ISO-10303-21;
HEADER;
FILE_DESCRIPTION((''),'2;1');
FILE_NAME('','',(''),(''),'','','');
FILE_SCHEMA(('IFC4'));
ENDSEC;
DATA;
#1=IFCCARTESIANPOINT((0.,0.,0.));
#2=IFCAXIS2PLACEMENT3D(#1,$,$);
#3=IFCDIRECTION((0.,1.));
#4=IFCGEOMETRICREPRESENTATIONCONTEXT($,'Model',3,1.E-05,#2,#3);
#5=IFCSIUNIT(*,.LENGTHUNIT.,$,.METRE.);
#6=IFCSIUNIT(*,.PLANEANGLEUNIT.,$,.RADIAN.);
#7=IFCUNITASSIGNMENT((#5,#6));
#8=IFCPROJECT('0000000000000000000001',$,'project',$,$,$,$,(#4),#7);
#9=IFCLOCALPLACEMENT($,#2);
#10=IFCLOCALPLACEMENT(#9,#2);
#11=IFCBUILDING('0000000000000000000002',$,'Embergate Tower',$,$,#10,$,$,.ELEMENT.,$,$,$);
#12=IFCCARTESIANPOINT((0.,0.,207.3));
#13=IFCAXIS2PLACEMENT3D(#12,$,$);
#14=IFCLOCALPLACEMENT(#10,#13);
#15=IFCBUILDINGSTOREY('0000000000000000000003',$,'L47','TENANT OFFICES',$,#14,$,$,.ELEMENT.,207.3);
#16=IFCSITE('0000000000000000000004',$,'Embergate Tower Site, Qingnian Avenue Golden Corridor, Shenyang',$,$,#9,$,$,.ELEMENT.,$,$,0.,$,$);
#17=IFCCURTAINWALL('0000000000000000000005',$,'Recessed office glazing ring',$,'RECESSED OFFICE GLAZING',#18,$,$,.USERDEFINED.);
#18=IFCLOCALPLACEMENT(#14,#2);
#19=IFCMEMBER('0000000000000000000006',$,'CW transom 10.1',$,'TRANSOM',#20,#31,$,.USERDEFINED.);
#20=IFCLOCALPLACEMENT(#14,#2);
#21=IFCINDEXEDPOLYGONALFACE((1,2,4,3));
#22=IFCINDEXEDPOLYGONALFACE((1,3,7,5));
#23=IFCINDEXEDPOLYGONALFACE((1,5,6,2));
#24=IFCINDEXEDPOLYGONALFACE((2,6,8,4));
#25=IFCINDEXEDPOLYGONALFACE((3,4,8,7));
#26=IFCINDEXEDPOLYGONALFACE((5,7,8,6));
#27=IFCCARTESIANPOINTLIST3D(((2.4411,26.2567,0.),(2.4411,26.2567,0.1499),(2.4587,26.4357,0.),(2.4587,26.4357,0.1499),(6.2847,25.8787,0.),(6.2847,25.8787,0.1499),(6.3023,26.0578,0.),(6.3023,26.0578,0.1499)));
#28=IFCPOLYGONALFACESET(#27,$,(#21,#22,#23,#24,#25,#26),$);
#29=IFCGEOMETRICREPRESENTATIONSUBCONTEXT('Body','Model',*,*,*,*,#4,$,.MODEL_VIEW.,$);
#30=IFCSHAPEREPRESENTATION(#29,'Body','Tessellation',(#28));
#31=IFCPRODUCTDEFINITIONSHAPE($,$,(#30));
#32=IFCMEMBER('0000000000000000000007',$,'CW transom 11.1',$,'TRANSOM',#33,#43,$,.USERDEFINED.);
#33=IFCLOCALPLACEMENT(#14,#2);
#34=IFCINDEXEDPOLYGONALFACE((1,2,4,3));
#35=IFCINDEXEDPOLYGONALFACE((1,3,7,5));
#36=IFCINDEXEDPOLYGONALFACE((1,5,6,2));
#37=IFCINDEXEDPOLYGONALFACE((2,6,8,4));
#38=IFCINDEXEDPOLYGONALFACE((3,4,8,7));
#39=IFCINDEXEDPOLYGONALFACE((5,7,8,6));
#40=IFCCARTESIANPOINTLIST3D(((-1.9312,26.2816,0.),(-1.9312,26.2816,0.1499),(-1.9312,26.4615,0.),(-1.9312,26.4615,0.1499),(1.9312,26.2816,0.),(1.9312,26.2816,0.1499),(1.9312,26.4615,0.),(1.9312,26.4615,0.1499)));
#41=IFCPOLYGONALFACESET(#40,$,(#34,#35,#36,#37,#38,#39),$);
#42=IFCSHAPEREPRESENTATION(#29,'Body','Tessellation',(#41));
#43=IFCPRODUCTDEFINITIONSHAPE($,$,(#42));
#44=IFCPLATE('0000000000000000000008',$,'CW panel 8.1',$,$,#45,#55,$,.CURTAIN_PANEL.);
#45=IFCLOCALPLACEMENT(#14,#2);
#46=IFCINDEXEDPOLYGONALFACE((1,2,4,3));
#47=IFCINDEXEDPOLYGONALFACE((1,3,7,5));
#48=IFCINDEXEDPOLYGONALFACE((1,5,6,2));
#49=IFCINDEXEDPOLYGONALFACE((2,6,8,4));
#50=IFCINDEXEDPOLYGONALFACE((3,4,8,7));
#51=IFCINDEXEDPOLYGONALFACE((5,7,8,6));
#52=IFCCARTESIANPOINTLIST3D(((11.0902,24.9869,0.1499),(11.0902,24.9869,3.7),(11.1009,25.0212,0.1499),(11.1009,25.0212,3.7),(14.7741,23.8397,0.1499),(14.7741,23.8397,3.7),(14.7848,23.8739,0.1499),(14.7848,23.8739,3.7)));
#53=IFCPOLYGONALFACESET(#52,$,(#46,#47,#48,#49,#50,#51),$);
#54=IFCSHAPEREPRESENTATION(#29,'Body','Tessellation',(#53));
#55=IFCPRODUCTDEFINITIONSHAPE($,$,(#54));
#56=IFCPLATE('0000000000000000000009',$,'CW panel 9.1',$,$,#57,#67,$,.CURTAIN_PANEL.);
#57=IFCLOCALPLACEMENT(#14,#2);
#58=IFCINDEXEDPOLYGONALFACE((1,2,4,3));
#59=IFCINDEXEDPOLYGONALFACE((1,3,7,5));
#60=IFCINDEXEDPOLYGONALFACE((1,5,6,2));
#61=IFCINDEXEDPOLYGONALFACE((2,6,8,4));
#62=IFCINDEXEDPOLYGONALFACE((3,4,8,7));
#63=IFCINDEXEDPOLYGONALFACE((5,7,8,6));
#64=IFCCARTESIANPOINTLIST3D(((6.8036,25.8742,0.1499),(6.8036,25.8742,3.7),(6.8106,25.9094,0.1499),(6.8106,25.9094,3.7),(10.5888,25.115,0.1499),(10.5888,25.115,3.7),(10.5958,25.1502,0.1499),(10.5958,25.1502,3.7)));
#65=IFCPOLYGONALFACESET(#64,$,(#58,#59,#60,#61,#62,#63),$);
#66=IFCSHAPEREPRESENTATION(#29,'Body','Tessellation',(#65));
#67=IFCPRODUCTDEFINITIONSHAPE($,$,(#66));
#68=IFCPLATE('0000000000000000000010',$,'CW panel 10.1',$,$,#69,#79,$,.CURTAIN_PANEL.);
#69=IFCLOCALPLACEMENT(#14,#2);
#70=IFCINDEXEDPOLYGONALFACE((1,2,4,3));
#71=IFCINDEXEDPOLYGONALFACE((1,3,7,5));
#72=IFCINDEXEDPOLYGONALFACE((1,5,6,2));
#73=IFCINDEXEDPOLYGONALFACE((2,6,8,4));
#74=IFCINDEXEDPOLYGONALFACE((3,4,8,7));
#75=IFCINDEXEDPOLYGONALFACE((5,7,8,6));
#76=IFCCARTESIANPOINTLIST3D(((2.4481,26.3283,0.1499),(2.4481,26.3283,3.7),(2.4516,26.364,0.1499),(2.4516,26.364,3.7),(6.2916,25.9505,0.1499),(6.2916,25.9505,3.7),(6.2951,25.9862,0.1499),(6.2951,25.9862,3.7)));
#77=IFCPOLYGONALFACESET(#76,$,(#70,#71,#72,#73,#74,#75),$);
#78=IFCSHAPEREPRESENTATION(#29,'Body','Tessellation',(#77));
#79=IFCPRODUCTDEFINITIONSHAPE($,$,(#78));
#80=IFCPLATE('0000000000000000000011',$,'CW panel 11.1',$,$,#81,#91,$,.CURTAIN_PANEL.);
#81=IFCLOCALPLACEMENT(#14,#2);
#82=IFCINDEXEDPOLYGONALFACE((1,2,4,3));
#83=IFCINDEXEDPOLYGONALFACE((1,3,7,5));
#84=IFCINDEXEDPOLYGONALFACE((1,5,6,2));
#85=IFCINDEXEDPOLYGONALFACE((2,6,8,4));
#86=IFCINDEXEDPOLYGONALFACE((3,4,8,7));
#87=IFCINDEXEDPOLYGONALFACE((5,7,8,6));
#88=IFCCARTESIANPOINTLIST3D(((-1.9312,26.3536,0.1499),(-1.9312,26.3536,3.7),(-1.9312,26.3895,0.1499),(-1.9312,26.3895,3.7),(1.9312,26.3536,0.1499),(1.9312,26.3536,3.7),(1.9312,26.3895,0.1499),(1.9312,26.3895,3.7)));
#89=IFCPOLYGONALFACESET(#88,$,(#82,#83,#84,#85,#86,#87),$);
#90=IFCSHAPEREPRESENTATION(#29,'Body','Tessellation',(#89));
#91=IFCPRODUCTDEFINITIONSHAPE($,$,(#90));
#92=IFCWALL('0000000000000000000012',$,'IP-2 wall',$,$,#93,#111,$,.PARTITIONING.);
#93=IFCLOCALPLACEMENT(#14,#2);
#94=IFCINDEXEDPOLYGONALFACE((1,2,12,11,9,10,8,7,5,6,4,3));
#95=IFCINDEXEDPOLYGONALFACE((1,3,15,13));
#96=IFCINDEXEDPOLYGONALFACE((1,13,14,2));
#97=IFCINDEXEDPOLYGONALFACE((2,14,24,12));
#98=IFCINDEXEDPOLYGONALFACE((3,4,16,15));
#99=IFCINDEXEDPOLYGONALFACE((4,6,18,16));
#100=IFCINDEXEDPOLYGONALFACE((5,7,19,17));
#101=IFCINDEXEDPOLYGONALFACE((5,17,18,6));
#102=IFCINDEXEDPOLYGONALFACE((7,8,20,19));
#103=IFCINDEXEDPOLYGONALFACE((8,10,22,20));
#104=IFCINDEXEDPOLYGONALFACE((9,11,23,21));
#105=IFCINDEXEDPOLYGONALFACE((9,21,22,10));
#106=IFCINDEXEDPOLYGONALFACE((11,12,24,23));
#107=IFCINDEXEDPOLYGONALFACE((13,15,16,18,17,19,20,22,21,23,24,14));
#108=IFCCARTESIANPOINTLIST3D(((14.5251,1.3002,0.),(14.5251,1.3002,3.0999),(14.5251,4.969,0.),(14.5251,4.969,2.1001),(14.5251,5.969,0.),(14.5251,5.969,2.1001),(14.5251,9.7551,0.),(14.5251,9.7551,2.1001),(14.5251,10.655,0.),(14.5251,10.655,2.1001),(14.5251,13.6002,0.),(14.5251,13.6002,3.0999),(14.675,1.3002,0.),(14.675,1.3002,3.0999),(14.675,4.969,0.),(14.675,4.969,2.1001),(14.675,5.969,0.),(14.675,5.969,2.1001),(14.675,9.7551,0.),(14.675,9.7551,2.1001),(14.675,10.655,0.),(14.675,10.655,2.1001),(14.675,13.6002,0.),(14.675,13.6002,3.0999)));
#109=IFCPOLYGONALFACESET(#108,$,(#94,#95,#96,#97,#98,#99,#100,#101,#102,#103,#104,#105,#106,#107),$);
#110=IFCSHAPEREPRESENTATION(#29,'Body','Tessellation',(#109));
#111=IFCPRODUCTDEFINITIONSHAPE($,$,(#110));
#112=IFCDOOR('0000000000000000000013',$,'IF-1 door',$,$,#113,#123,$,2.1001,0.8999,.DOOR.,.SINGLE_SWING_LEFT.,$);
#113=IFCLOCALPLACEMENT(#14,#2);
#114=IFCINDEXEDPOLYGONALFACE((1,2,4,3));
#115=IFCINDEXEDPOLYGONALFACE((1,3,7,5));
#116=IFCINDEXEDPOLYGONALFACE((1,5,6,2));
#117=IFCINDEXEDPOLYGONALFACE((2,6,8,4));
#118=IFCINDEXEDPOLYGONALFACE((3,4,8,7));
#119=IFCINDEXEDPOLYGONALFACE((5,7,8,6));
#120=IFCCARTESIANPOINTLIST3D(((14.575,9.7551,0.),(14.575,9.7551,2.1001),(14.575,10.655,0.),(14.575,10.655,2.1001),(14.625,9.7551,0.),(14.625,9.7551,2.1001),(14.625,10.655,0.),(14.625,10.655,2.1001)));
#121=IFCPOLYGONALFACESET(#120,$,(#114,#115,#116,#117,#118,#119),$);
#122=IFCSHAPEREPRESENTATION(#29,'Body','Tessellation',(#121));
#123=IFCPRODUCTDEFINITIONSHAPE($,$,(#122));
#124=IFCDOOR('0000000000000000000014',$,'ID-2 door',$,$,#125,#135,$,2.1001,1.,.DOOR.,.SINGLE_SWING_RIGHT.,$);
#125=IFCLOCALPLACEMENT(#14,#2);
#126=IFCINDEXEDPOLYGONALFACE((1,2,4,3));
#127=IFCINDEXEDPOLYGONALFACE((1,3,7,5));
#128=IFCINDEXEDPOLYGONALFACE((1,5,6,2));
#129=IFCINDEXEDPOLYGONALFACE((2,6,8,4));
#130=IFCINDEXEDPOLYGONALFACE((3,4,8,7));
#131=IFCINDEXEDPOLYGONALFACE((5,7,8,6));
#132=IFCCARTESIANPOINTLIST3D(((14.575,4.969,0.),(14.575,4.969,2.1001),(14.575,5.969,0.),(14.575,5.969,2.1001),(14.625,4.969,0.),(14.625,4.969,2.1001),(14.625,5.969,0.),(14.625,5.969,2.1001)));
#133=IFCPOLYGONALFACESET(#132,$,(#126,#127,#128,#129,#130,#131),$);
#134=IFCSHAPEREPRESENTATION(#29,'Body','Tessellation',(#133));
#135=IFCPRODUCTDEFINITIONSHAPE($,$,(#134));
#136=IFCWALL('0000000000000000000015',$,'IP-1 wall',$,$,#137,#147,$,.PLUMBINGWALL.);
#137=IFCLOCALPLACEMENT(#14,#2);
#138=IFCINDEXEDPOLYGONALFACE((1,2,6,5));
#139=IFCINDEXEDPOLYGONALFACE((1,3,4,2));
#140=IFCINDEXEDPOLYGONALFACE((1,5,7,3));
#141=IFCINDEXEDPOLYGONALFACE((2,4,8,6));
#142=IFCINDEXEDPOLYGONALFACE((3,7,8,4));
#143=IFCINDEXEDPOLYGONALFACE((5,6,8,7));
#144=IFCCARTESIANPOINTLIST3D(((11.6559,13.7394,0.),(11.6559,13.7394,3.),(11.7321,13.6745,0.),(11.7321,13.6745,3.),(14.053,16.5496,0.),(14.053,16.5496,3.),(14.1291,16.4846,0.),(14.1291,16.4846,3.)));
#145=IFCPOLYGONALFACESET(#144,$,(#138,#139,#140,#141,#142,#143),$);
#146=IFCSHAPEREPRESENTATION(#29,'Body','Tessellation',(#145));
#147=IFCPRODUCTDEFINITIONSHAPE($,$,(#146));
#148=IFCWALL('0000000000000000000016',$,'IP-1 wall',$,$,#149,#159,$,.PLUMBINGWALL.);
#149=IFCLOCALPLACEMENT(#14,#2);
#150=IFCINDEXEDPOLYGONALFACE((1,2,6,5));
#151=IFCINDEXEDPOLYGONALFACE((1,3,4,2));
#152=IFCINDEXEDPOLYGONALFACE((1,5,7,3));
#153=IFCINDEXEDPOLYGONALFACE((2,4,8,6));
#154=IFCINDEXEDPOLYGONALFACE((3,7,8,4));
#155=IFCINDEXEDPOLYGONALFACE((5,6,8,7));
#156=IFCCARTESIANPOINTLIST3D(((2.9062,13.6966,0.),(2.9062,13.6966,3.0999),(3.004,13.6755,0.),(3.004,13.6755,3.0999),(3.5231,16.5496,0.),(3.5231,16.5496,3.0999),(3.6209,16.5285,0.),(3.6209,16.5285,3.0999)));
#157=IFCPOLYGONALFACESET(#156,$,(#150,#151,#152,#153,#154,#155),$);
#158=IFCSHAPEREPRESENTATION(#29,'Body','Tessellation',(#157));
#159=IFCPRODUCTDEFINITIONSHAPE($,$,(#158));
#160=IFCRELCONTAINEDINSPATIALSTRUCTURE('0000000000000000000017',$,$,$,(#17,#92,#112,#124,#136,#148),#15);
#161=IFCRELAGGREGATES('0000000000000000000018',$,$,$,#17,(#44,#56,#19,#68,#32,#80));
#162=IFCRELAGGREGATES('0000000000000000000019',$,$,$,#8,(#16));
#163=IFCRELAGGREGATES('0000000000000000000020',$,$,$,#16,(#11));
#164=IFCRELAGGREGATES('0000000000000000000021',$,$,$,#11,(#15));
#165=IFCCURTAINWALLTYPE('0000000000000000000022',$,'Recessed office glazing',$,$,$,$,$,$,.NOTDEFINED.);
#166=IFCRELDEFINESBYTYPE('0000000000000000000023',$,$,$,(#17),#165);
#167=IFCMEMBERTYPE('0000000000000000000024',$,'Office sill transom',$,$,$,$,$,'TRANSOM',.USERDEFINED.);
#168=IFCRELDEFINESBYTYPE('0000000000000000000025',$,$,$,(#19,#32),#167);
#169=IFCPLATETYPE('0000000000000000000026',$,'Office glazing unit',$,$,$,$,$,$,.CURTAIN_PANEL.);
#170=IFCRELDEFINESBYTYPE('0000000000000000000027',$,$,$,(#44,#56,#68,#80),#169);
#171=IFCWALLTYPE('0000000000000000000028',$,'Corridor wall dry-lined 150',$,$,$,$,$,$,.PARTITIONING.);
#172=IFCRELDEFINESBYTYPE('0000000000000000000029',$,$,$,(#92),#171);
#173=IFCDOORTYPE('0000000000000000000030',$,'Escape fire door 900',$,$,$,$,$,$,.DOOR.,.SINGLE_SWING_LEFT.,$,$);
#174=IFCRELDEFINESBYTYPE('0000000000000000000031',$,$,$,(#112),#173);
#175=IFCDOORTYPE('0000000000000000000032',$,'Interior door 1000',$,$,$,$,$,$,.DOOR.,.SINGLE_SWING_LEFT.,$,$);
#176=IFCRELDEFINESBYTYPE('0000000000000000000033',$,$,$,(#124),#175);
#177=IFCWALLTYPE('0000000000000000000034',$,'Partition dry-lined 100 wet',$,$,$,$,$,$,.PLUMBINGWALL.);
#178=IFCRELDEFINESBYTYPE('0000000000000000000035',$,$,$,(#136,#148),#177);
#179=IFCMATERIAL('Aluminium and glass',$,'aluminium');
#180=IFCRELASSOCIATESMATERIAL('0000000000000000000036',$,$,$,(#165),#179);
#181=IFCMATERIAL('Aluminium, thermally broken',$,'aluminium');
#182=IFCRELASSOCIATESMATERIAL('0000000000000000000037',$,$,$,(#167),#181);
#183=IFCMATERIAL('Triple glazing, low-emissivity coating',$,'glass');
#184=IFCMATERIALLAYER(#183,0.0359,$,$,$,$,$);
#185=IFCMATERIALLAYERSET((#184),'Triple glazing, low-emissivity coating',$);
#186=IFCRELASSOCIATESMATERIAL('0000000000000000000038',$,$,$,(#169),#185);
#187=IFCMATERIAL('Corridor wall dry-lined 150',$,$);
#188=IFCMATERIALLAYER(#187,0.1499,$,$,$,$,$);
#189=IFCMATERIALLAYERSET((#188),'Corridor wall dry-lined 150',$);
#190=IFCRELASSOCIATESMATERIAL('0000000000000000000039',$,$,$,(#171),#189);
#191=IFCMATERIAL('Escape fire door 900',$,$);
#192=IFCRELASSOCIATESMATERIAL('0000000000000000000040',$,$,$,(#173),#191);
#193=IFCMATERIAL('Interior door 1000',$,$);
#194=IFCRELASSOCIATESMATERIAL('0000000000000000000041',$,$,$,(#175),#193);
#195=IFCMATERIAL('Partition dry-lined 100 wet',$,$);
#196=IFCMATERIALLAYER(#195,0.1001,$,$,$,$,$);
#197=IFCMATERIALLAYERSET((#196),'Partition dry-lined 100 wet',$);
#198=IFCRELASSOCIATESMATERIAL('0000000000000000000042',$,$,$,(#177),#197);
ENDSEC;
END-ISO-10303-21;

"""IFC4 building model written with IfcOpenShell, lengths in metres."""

from ifc_helpers import new_model, si_unit, direction, frame, frame_2d, origin, origin_2d, place, context, subcontext, project, spatial, rectangle, extrude, source, transform, mapped, material, layer, layer_set, material_profile, profile_set, type_object, element, fill, aggregate, save


model = new_model("IFC4")

# Units and contexts
model_context = context("Model", 3, precision=1e-05, world=origin(), true_north=direction((0.0, 1.0)))
body_context = subcontext(model_context, "Body", "Model", "MODEL_VIEW")
ifc_project = project(units=[si_unit("LENGTHUNIT", "METRE"), si_unit("PLANEANGLEUNIT", "RADIAN")], contexts=[model_context])

# Site, building, storey
site_placement = place(None, origin())
site = spatial("IfcSite", under=ifc_project, at=site_placement, Name="Embergate Tower Site, Qingnian Avenue Golden Corridor, Shenyang", CompositionType="ELEMENT", RefElevation=0.0)
building_placement = place(site_placement, origin())
building = spatial("IfcBuilding", under=site, at=building_placement, Name="Embergate Tower", CompositionType="ELEMENT")
storey_placement = place(building_placement, frame((0.0, 0.0, 207.3)))
storey = spatial("IfcBuildingStorey", under=building, at=storey_placement, Name="L47", Description="TENANT OFFICES", CompositionType="ELEMENT", Elevation=207.3)

# Curtain wall, members, plates
ifc_material_1 = material(Name="Aluminium and glass", Category="aluminium")
curtain_wall_type = type_object("IfcCurtainWallType", Name="Recessed office glazing", PredefinedType="NOTDEFINED", material=ifc_material_1)
curtain_wall_placement = place(storey_placement, origin())
curtain_wall = element("IfcCurtainWall", 1, at=curtain_wall_placement, inside=storey, type_object=curtain_wall_type, Name="Recessed office glazing ring", ObjectType="RECESSED OFFICE GLAZING", PredefinedType="USERDEFINED")
ifc_material_2 = material(Name="Aluminium, thermally broken", Category="aluminium")
ifc_material_profile_1 = material_profile(ifc_material_2, rectangle(XDim=0.1799, YDim=0.1499, at=origin_2d()), Name="AL 150x180")
ifc_profile_set_1 = profile_set([ifc_material_profile_1], Name="Aluminium, thermally broken")
member_type_1 = type_object("IfcMemberType", Name="Office sill transom", ElementType="TRANSOM", PredefinedType="USERDEFINED", material=ifc_profile_set_1)
shared_shape_1 = source(origin(), body_context, "Body", "SweptSolid", [
    extrude(rectangle(XDim=0.1799, YDim=0.1499, at=origin_2d()), origin(), (0.0, 0.0, 1.0), 3.8621),
])
member_1_placement = place(storey_placement, frame((6.2935, 25.9683, 0.075), z_axis=(-0.9952, 0.097857, 0.0), x_axis=(-0.097857, -0.9952, 0.0)))
member_1 = element("IfcMember", 2, at=member_1_placement, type_object=member_type_1, Name="CW transom 10.1", ObjectType="TRANSOM", PredefinedType="USERDEFINED", context=body_context, shape_type="MappedRepresentation", body=[
    mapped(shared_shape_1, transform((0.0, 0.0, 0.0))),
])
shared_shape_2 = source(origin(), body_context, "Body", "SweptSolid", [
    extrude(rectangle(XDim=0.1799, YDim=0.1499, at=origin_2d()), origin(), (0.0, 0.0, 1.0), 3.8623),
])
member_2_placement = place(storey_placement, frame((1.9312, 26.3716, 0.075), z_axis=(-1.0, 0.0, 0.0), x_axis=(0.0, -1.0, 0.0)))
member_2 = element("IfcMember", 3, at=member_2_placement, type_object=member_type_1, Name="CW transom 11.1", ObjectType="TRANSOM", PredefinedType="USERDEFINED", context=body_context, shape_type="MappedRepresentation", body=[
    mapped(shared_shape_2, transform((0.0, 0.0, 0.0))),
])
ifc_material_3 = material(Name="Triple glazing, low-emissivity coating", Category="glass")
ifc_layer_1 = layer(ifc_material_3, 0.0359)
ifc_layer_set_1 = layer_set([ifc_layer_1], Name="Triple glazing, low-emissivity coating")
plate_type = type_object("IfcPlateType", Name="Office glazing unit", PredefinedType="CURTAIN_PANEL", material=ifc_layer_set_1)
shared_shape_3 = source(origin(), body_context, "Body", "SweptSolid", [
    extrude(rectangle(XDim=3.8584, YDim=0.0359, at=origin_2d()), origin(), (0.0, 0.0, 1.0), 3.55),
])
plate_1_placement = place(storey_placement, frame((12.9375, 24.4304, 0.1499), z_axis=(0.0, 0.0, 1.0), x_axis=(-0.954771, 0.297343, 0.0)))
plate_1 = element("IfcPlate", 4, at=plate_1_placement, type_object=plate_type, Name="CW panel 8.1", PredefinedType="CURTAIN_PANEL", context=body_context, shape_type="MappedRepresentation", body=[
    mapped(shared_shape_3, transform((0.0, 0.0, 0.0))),
])
shared_shape_4 = source(origin(), body_context, "Body", "SweptSolid", [
    extrude(rectangle(XDim=3.8606, YDim=0.0359, at=origin_2d()), origin(), (0.0, 0.0, 1.0), 3.55),
])
plate_2_placement = place(storey_placement, frame((8.6997, 25.5122, 0.1499), z_axis=(0.0, 0.0, 1.0), x_axis=(-0.980475, 0.196643, 0.0)))
plate_2 = element("IfcPlate", 5, at=plate_2_placement, type_object=plate_type, Name="CW panel 9.1", PredefinedType="CURTAIN_PANEL", context=body_context, shape_type="MappedRepresentation", body=[
    mapped(shared_shape_4, transform((0.0, 0.0, 0.0))),
])
shared_shape_5 = source(origin(), body_context, "Body", "SweptSolid", [
    extrude(rectangle(XDim=3.8621, YDim=0.0359, at=origin_2d()), origin(), (0.0, 0.0, 1.0), 3.55),
])
plate_3_placement = place(storey_placement, frame((4.3716, 26.1572, 0.1499), z_axis=(0.0, 0.0, 1.0), x_axis=(-0.995203, 0.097831, 0.0)))
plate_3 = element("IfcPlate", 6, at=plate_3_placement, type_object=plate_type, Name="CW panel 10.1", PredefinedType="CURTAIN_PANEL", context=body_context, shape_type="MappedRepresentation", body=[
    mapped(shared_shape_5, transform((0.0, 0.0, 0.0))),
])
shared_shape_6 = source(origin(), body_context, "Body", "SweptSolid", [
    extrude(rectangle(XDim=3.8623, YDim=0.0359, at=origin_2d()), origin(), (0.0, 0.0, 1.0), 3.55),
])
plate_4_placement = place(storey_placement, frame((0.0, 26.3716, 0.1499), z_axis=(0.0, 0.0, 1.0), x_axis=(-1.0, 0.0, 0.0)))
plate_4 = element("IfcPlate", 7, at=plate_4_placement, type_object=plate_type, Name="CW panel 11.1", PredefinedType="CURTAIN_PANEL", context=body_context, shape_type="MappedRepresentation", body=[
    mapped(shared_shape_6, transform((0.0, 0.0, 0.0))),
])
aggregate(curtain_wall, [plate_1, plate_2, member_1, plate_3, member_2, plate_4])

# Wall, openings, doors
ifc_material_4 = material(Name="Corridor wall dry-lined 150")
ifc_layer_2 = layer(ifc_material_4, 0.1499)
ifc_layer_set_2 = layer_set([ifc_layer_2], Name="Corridor wall dry-lined 150")
wall_type_1 = type_object("IfcWallType", Name="Corridor wall dry-lined 150", PredefinedType="PARTITIONING", material=ifc_layer_set_2)
shared_shape_7 = source(origin(), body_context, "Body", "SweptSolid", [
    extrude(rectangle(XDim=12.3, YDim=0.1499, at=frame_2d((6.1499, 0.0))), origin(), (0.0, 0.0, 1.0), 3.0999),
])
wall_1_placement = place(storey_placement, frame((14.6001, 13.6001, 0.0), z_axis=(0.0, 0.0, 1.0), x_axis=(0.0, -1.0, 0.0)))
wall_1 = element("IfcWall", 8, at=wall_1_placement, inside=storey, type_object=wall_type_1, Name="IP-2 wall", PredefinedType="PARTITIONING", context=body_context, shape_type="MappedRepresentation", body=[
    mapped(shared_shape_7, transform((0.0, 0.0, 0.0))),
])
shared_shape_8 = source(origin(), body_context, "Body", "SweptSolid", [
    extrude(rectangle(XDim=1.0, YDim=2.1001, at=frame_2d((0.5, 1.05))), frame((0.0, 0.085, 0.0), z_axis=(0.0, -1.0, 0.0), x_axis=(1.0, 0.0, 0.0)), (0.0, 0.0, 1.0), 0.1699),
])
opening_1_placement = place(wall_1_placement, frame((7.6311, 0.0, 0.0)))
opening_1 = element("IfcOpeningElement", 9, at=opening_1_placement, cuts=wall_1, PredefinedType="OPENING", context=body_context, shape_type="MappedRepresentation", body=[
    mapped(shared_shape_8, transform((0.0, 0.0, 0.0))),
])
shared_shape_9 = source(origin(), body_context, "Body", "SweptSolid", [
    extrude(rectangle(XDim=0.8999, YDim=2.1001, at=frame_2d((0.45, 1.05))), frame((0.0, 0.085, 0.0), z_axis=(0.0, -1.0, 0.0), x_axis=(1.0, 0.0, 0.0)), (0.0, 0.0, 1.0), 0.1699),
])
opening_2_placement = place(wall_1_placement, frame((2.9451, 0.0, 0.0)))
opening_2 = element("IfcOpeningElement", 10, at=opening_2_placement, cuts=wall_1, PredefinedType="OPENING", context=body_context, shape_type="MappedRepresentation", body=[
    mapped(shared_shape_9, transform((0.0, 0.0, 0.0))),
])
ifc_material_5 = material(Name="Escape fire door 900")
door_type_1 = type_object("IfcDoorType", Name="Escape fire door 900", OperationType="SINGLE_SWING_LEFT", PredefinedType="DOOR", material=ifc_material_5)
shared_shape_10 = source(origin(), body_context, "Body", "SweptSolid", [
    extrude(rectangle(XDim=0.8999, YDim=2.1001, at=frame_2d((0.45, 1.05))), frame((0.0, 0.0249, 0.0), z_axis=(0.0, -1.0, 0.0), x_axis=(1.0, 0.0, 0.0)), (0.0, 0.0, 1.0), 0.05),
])
door_1_placement = place(opening_2_placement, origin())
door_1 = element("IfcDoor", 11, at=door_1_placement, inside=storey, type_object=door_type_1, Name="IF-1 door", OperationType="SINGLE_SWING_LEFT", OverallHeight=2.1001, OverallWidth=0.8999, PredefinedType="DOOR", context=body_context, shape_type="MappedRepresentation", body=[
    mapped(shared_shape_10, transform((0.0, 0.0, 0.0))),
])
fill(opening_2, door_1)
ifc_material_6 = material(Name="Interior door 1000")
door_type_2 = type_object("IfcDoorType", Name="Interior door 1000", OperationType="SINGLE_SWING_LEFT", PredefinedType="DOOR", material=ifc_material_6)
shared_shape_11 = source(origin(), body_context, "Body", "SweptSolid", [
    extrude(rectangle(XDim=1.0, YDim=2.1001, at=frame_2d((0.5, 1.05))), frame((0.0, 0.0249, 0.0), z_axis=(0.0, -1.0, 0.0), x_axis=(1.0, 0.0, 0.0)), (0.0, 0.0, 1.0), 0.05),
])
door_2_placement = place(opening_1_placement, origin())
door_2 = element("IfcDoor", 12, at=door_2_placement, inside=storey, type_object=door_type_2, Name="ID-2 door", OperationType="SINGLE_SWING_RIGHT", OverallHeight=2.1001, OverallWidth=1.0, PredefinedType="DOOR", context=body_context, shape_type="MappedRepresentation", body=[
    mapped(shared_shape_11, transform((0.0, 0.0, 0.0))),
])
fill(opening_1, door_2)

# Walls
ifc_material_7 = material(Name="Partition dry-lined 100 wet")
ifc_layer_3 = layer(ifc_material_7, 0.1001)
ifc_layer_set_3 = layer_set([ifc_layer_3], Name="Partition dry-lined 100 wet")
wall_type_2 = type_object("IfcWallType", Name="Partition dry-lined 100 wet", PredefinedType="PLUMBINGWALL", material=ifc_layer_set_3)
shared_shape_12 = source(origin(), body_context, "Body", "SweptSolid", [
    extrude(rectangle(XDim=3.6936, YDim=0.1001, at=frame_2d((1.8467, 0.0))), origin(), (0.0, 0.0, 1.0), 3.0),
])
wall_2_placement = place(storey_placement, frame((11.6941, 13.707, 0.0), z_axis=(0.0, 0.0, 1.0), x_axis=(0.648971, 0.760813, 0.0)))
element("IfcWall", 13, at=wall_2_placement, inside=storey, type_object=wall_type_2, Name="IP-1 wall", PredefinedType="PLUMBINGWALL", context=body_context, shape_type="MappedRepresentation", body=[
    mapped(shared_shape_12, transform((0.0, 0.0, 0.0))),
])
shared_shape_13 = source(origin(), body_context, "Body", "SweptSolid", [
    extrude(rectangle(XDim=2.9189, YDim=0.1001, at=frame_2d((1.4595, 0.0))), origin(), (0.0, 0.0, 1.0), 3.0999),
])
wall_3_placement = place(storey_placement, frame((2.9551, 13.686, 0.0), z_axis=(0.0, 0.0, 1.0), x_axis=(0.211357, 0.977409, 0.0)))
element("IfcWall", 14, at=wall_3_placement, inside=storey, type_object=wall_type_2, Name="IP-1 wall", PredefinedType="PLUMBINGWALL", context=body_context, shape_type="MappedRepresentation", body=[
    mapped(shared_shape_13, transform((0.0, 0.0, 0.0))),
])

save(model, "model.ifc")
